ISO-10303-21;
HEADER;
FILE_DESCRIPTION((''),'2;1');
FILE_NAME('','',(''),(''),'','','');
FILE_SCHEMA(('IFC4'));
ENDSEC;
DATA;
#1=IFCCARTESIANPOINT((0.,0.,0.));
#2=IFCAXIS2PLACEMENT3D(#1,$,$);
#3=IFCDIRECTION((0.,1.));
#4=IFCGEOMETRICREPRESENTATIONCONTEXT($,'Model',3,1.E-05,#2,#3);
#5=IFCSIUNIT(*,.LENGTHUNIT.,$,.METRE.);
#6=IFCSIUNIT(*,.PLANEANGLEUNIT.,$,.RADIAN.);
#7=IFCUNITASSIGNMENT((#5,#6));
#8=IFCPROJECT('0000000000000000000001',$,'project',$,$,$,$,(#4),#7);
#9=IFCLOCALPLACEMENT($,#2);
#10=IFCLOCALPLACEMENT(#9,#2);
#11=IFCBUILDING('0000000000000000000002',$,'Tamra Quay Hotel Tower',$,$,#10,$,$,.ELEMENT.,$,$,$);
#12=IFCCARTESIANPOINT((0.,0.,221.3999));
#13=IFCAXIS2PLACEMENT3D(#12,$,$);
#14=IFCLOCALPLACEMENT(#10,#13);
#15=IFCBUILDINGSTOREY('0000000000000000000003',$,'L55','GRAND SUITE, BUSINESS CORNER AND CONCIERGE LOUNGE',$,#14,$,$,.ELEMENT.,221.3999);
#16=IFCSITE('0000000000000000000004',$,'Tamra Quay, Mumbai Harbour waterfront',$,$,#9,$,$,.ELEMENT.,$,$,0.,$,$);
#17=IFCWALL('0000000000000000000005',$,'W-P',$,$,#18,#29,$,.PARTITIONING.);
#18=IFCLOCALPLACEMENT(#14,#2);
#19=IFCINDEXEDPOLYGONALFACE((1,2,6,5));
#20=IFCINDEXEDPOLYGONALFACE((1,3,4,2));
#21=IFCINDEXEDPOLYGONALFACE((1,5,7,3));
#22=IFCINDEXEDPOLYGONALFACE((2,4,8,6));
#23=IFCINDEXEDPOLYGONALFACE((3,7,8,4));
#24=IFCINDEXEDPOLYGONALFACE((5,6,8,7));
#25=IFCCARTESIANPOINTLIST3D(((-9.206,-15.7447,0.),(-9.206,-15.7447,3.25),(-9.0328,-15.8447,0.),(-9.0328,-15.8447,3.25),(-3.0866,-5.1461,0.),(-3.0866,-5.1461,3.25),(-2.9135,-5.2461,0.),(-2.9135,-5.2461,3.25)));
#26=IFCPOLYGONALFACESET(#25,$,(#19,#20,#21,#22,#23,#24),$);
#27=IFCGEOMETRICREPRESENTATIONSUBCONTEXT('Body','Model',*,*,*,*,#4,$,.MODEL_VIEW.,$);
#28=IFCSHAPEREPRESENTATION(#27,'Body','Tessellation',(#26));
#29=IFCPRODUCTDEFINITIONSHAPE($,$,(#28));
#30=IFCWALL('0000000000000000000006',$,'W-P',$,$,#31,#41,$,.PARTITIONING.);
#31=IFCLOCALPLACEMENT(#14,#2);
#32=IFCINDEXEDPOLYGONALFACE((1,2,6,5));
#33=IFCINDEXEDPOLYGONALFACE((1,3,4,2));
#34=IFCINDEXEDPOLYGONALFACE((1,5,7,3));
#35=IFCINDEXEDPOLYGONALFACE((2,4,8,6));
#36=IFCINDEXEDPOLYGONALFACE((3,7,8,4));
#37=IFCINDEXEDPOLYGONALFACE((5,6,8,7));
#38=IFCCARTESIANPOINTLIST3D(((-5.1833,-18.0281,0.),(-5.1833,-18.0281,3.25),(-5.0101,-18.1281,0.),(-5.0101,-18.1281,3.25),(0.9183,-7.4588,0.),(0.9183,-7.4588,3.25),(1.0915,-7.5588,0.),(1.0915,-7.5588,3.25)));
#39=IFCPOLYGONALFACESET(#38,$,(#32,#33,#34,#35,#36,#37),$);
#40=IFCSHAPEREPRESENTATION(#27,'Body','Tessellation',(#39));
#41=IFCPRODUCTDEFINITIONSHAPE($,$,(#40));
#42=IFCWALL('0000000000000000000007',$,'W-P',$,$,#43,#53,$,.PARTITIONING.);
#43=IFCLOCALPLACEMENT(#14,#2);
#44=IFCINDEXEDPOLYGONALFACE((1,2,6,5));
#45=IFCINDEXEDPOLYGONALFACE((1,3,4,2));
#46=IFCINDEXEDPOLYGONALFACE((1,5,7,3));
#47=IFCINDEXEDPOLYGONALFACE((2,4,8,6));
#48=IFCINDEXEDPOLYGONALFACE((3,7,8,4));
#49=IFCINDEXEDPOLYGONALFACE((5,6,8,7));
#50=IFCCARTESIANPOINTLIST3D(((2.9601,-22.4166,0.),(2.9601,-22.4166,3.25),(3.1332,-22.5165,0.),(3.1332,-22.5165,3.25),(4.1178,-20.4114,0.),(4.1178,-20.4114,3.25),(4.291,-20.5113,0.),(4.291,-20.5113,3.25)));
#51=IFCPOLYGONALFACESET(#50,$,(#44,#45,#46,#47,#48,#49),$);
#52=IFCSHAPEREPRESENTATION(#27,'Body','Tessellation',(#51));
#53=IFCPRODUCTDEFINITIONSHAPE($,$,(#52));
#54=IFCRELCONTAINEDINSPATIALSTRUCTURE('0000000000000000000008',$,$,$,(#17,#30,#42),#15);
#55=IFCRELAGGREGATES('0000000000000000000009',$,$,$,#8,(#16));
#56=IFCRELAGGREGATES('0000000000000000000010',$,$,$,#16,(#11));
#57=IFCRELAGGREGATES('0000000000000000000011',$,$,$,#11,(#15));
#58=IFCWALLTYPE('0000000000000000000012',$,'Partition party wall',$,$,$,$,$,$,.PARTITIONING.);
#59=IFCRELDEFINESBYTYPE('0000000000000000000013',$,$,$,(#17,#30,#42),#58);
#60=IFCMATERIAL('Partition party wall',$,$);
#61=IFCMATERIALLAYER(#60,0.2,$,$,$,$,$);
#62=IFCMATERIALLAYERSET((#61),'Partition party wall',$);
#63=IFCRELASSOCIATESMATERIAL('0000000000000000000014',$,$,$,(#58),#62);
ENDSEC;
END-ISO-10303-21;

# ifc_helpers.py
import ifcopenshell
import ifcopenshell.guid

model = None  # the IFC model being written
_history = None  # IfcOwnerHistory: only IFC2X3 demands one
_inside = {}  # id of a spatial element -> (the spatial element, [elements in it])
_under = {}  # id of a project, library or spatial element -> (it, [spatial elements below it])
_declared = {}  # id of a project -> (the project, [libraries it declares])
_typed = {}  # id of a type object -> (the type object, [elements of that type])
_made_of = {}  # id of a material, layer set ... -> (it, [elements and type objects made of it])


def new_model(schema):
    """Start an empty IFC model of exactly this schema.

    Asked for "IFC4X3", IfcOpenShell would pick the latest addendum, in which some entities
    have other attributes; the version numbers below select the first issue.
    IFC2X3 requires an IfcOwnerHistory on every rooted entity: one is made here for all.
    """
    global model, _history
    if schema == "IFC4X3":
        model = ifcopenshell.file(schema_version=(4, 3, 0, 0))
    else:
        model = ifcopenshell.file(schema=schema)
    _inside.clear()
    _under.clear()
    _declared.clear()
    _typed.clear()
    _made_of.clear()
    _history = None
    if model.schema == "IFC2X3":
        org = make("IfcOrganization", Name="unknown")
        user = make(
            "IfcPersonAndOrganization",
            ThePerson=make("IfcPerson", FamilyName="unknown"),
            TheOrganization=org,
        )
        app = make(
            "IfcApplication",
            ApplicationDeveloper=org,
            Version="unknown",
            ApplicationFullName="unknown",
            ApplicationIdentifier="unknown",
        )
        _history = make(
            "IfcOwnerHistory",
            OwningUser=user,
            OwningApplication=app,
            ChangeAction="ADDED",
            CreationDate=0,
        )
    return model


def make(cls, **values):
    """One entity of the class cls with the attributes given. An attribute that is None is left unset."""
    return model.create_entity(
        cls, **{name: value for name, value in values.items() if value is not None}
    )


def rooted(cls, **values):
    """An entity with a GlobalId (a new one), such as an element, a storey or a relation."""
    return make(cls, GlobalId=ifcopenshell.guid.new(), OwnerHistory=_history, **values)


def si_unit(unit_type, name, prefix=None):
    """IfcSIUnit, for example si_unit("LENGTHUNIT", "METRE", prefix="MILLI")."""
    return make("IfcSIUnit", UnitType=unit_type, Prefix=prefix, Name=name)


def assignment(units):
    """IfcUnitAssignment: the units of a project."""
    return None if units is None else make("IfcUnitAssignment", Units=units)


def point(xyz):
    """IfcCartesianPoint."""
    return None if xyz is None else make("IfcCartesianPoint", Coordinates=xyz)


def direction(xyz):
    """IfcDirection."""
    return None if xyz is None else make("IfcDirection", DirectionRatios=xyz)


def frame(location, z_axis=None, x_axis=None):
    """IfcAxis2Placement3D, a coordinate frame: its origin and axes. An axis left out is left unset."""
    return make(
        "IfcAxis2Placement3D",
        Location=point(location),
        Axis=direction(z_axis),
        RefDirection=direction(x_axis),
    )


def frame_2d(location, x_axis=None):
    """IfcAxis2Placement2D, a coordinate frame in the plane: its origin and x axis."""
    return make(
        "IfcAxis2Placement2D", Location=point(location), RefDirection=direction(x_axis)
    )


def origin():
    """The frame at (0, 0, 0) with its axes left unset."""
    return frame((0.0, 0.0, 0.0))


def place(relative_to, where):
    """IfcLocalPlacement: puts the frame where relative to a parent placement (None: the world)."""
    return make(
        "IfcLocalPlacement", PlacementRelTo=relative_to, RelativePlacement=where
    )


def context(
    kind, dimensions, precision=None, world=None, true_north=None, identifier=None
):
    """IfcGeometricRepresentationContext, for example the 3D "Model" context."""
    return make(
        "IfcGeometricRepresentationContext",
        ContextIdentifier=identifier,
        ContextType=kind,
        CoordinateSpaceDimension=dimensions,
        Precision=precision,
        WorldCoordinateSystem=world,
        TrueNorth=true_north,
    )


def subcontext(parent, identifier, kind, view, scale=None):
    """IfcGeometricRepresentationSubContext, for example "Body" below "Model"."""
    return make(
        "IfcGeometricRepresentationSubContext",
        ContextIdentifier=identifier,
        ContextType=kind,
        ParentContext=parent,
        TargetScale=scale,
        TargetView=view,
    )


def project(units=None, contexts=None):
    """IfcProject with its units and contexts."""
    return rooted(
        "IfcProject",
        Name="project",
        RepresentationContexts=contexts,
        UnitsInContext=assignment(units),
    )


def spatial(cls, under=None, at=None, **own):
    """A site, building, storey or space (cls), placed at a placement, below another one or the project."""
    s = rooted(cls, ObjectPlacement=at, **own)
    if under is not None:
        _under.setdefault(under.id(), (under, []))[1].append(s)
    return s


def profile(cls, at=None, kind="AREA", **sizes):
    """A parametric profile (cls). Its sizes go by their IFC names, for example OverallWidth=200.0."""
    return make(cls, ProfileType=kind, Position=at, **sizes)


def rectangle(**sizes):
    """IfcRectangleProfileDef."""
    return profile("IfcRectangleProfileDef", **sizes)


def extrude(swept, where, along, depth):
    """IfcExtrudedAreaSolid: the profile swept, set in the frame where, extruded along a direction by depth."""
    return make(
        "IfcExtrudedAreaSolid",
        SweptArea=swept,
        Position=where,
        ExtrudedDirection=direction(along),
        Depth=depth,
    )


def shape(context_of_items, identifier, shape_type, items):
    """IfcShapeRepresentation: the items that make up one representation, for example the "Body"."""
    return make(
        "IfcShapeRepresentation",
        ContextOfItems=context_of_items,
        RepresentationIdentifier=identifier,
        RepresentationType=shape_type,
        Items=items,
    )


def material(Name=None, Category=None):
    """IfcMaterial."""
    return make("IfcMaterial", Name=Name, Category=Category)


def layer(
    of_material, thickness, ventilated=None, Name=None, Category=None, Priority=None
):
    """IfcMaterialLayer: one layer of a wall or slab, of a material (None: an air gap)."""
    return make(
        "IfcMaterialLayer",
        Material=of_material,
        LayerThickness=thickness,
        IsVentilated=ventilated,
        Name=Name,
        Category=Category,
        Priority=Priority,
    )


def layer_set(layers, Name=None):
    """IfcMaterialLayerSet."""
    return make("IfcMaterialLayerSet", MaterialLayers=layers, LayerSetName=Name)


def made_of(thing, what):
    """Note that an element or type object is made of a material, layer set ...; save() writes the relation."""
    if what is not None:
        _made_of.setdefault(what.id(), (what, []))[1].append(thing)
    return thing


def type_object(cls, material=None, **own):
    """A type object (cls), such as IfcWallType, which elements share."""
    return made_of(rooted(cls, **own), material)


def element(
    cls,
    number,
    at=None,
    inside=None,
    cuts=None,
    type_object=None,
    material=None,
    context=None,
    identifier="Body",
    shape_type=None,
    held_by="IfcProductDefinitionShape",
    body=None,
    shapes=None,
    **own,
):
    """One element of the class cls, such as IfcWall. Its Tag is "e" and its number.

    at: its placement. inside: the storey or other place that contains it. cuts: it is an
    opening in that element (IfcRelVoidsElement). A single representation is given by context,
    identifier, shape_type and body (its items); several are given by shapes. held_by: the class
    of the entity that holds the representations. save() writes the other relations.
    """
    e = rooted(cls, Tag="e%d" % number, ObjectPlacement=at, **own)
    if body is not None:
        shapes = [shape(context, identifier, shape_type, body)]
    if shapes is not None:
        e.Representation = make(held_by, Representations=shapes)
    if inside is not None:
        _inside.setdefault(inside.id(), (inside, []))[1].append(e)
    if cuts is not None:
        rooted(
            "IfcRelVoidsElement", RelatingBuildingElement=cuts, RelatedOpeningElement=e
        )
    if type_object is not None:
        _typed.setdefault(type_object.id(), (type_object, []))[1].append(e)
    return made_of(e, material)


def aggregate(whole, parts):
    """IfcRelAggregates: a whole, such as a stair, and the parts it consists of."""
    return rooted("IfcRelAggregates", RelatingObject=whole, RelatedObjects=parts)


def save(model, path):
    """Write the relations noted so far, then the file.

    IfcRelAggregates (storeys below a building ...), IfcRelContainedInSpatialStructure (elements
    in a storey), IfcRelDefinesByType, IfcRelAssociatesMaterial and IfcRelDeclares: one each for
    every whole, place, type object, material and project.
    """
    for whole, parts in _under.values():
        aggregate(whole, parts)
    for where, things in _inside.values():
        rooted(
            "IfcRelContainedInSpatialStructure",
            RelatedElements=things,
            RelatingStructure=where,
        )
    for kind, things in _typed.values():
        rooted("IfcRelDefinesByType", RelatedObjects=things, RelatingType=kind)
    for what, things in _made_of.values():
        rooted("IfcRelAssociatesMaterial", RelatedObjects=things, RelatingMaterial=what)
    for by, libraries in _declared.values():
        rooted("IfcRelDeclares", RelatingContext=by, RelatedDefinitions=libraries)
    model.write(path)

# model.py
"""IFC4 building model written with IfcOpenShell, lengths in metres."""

from ifc_helpers import new_model, si_unit, direction, frame, frame_2d, origin, place, context, subcontext, project, spatial, rectangle, extrude, material, layer, layer_set, type_object, element, save


model = new_model("IFC4")

# Units and contexts
model_context = context("Model", 3, precision=1e-05, world=origin(), true_north=direction((0.0, 1.0)))
body_context = subcontext(model_context, "Body", "Model", "MODEL_VIEW")
ifc_project = project(units=[si_unit("LENGTHUNIT", "METRE"), si_unit("PLANEANGLEUNIT", "RADIAN")], contexts=[model_context])

# Site, building, storey
site_placement = place(None, origin())
site = spatial("IfcSite", under=ifc_project, at=site_placement, Name="Tamra Quay, Mumbai Harbour waterfront", CompositionType="ELEMENT", RefElevation=0.0)
building_placement = place(site_placement, origin())
building = spatial("IfcBuilding", under=site, at=building_placement, Name="Tamra Quay Hotel Tower", CompositionType="ELEMENT")
storey_placement = place(building_placement, frame((0.0, 0.0, 221.3999)))
storey = spatial("IfcBuildingStorey", under=building, at=storey_placement, Name="L55", Description="GRAND SUITE, BUSINESS CORNER AND CONCIERGE LOUNGE", CompositionType="ELEMENT", Elevation=221.3999)

# Walls
ifc_material_1 = material(Name="Partition party wall")
ifc_layer_1 = layer(ifc_material_1, 0.2)
ifc_layer_set_1 = layer_set([ifc_layer_1], Name="Partition party wall")
wall_type_1 = type_object("IfcWallType", Name="Partition party wall", PredefinedType="PARTITIONING", material=ifc_layer_set_1)
wall_1_placement = place(storey_placement, frame((-9.1194, -15.7947, 0.0), z_axis=(0.0, 0.0, 1.0), x_axis=(0.500016, 0.866016, 0.0)))
element("IfcWall", 1, at=wall_1_placement, inside=storey, type_object=wall_type_1, Name="W-P", PredefinedType="PARTITIONING", context=body_context, shape_type="SweptSolid", body=[
    extrude(rectangle(XDim=12.2383, YDim=0.2, at=frame_2d((6.1191, 0.0))), origin(), (0.0, 0.0, 1.0), 3.25),
])
wall_2_placement = place(storey_placement, frame((-5.0967, -18.0781, 0.0), z_axis=(0.0, 0.0, 1.0), x_axis=(0.49996, 0.866048, 0.0)))
element("IfcWall", 2, at=wall_2_placement, inside=storey, type_object=wall_type_1, Name="W-P", PredefinedType="PARTITIONING", context=body_context, shape_type="SweptSolid", body=[
    extrude(rectangle(XDim=12.2041, YDim=0.2, at=frame_2d((6.1021, 0.0))), origin(), (0.0, 0.0, 1.0), 3.25),
])
wall_3_placement = place(storey_placement, frame((3.0466, -22.4666, 0.0), z_axis=(0.0, 0.0, 1.0), x_axis=(0.500018, 0.866015, 0.0)))
element("IfcWall", 3, at=wall_3_placement, inside=storey, type_object=wall_type_1, Name="W-P", PredefinedType="PARTITIONING", context=body_context, shape_type="SweptSolid", body=[
    extrude(rectangle(XDim=2.3154, YDim=0.2, at=frame_2d((1.1577, 0.0))), origin(), (0.0, 0.0, 1.0), 3.25),
])

save(model, "model.ifc")
